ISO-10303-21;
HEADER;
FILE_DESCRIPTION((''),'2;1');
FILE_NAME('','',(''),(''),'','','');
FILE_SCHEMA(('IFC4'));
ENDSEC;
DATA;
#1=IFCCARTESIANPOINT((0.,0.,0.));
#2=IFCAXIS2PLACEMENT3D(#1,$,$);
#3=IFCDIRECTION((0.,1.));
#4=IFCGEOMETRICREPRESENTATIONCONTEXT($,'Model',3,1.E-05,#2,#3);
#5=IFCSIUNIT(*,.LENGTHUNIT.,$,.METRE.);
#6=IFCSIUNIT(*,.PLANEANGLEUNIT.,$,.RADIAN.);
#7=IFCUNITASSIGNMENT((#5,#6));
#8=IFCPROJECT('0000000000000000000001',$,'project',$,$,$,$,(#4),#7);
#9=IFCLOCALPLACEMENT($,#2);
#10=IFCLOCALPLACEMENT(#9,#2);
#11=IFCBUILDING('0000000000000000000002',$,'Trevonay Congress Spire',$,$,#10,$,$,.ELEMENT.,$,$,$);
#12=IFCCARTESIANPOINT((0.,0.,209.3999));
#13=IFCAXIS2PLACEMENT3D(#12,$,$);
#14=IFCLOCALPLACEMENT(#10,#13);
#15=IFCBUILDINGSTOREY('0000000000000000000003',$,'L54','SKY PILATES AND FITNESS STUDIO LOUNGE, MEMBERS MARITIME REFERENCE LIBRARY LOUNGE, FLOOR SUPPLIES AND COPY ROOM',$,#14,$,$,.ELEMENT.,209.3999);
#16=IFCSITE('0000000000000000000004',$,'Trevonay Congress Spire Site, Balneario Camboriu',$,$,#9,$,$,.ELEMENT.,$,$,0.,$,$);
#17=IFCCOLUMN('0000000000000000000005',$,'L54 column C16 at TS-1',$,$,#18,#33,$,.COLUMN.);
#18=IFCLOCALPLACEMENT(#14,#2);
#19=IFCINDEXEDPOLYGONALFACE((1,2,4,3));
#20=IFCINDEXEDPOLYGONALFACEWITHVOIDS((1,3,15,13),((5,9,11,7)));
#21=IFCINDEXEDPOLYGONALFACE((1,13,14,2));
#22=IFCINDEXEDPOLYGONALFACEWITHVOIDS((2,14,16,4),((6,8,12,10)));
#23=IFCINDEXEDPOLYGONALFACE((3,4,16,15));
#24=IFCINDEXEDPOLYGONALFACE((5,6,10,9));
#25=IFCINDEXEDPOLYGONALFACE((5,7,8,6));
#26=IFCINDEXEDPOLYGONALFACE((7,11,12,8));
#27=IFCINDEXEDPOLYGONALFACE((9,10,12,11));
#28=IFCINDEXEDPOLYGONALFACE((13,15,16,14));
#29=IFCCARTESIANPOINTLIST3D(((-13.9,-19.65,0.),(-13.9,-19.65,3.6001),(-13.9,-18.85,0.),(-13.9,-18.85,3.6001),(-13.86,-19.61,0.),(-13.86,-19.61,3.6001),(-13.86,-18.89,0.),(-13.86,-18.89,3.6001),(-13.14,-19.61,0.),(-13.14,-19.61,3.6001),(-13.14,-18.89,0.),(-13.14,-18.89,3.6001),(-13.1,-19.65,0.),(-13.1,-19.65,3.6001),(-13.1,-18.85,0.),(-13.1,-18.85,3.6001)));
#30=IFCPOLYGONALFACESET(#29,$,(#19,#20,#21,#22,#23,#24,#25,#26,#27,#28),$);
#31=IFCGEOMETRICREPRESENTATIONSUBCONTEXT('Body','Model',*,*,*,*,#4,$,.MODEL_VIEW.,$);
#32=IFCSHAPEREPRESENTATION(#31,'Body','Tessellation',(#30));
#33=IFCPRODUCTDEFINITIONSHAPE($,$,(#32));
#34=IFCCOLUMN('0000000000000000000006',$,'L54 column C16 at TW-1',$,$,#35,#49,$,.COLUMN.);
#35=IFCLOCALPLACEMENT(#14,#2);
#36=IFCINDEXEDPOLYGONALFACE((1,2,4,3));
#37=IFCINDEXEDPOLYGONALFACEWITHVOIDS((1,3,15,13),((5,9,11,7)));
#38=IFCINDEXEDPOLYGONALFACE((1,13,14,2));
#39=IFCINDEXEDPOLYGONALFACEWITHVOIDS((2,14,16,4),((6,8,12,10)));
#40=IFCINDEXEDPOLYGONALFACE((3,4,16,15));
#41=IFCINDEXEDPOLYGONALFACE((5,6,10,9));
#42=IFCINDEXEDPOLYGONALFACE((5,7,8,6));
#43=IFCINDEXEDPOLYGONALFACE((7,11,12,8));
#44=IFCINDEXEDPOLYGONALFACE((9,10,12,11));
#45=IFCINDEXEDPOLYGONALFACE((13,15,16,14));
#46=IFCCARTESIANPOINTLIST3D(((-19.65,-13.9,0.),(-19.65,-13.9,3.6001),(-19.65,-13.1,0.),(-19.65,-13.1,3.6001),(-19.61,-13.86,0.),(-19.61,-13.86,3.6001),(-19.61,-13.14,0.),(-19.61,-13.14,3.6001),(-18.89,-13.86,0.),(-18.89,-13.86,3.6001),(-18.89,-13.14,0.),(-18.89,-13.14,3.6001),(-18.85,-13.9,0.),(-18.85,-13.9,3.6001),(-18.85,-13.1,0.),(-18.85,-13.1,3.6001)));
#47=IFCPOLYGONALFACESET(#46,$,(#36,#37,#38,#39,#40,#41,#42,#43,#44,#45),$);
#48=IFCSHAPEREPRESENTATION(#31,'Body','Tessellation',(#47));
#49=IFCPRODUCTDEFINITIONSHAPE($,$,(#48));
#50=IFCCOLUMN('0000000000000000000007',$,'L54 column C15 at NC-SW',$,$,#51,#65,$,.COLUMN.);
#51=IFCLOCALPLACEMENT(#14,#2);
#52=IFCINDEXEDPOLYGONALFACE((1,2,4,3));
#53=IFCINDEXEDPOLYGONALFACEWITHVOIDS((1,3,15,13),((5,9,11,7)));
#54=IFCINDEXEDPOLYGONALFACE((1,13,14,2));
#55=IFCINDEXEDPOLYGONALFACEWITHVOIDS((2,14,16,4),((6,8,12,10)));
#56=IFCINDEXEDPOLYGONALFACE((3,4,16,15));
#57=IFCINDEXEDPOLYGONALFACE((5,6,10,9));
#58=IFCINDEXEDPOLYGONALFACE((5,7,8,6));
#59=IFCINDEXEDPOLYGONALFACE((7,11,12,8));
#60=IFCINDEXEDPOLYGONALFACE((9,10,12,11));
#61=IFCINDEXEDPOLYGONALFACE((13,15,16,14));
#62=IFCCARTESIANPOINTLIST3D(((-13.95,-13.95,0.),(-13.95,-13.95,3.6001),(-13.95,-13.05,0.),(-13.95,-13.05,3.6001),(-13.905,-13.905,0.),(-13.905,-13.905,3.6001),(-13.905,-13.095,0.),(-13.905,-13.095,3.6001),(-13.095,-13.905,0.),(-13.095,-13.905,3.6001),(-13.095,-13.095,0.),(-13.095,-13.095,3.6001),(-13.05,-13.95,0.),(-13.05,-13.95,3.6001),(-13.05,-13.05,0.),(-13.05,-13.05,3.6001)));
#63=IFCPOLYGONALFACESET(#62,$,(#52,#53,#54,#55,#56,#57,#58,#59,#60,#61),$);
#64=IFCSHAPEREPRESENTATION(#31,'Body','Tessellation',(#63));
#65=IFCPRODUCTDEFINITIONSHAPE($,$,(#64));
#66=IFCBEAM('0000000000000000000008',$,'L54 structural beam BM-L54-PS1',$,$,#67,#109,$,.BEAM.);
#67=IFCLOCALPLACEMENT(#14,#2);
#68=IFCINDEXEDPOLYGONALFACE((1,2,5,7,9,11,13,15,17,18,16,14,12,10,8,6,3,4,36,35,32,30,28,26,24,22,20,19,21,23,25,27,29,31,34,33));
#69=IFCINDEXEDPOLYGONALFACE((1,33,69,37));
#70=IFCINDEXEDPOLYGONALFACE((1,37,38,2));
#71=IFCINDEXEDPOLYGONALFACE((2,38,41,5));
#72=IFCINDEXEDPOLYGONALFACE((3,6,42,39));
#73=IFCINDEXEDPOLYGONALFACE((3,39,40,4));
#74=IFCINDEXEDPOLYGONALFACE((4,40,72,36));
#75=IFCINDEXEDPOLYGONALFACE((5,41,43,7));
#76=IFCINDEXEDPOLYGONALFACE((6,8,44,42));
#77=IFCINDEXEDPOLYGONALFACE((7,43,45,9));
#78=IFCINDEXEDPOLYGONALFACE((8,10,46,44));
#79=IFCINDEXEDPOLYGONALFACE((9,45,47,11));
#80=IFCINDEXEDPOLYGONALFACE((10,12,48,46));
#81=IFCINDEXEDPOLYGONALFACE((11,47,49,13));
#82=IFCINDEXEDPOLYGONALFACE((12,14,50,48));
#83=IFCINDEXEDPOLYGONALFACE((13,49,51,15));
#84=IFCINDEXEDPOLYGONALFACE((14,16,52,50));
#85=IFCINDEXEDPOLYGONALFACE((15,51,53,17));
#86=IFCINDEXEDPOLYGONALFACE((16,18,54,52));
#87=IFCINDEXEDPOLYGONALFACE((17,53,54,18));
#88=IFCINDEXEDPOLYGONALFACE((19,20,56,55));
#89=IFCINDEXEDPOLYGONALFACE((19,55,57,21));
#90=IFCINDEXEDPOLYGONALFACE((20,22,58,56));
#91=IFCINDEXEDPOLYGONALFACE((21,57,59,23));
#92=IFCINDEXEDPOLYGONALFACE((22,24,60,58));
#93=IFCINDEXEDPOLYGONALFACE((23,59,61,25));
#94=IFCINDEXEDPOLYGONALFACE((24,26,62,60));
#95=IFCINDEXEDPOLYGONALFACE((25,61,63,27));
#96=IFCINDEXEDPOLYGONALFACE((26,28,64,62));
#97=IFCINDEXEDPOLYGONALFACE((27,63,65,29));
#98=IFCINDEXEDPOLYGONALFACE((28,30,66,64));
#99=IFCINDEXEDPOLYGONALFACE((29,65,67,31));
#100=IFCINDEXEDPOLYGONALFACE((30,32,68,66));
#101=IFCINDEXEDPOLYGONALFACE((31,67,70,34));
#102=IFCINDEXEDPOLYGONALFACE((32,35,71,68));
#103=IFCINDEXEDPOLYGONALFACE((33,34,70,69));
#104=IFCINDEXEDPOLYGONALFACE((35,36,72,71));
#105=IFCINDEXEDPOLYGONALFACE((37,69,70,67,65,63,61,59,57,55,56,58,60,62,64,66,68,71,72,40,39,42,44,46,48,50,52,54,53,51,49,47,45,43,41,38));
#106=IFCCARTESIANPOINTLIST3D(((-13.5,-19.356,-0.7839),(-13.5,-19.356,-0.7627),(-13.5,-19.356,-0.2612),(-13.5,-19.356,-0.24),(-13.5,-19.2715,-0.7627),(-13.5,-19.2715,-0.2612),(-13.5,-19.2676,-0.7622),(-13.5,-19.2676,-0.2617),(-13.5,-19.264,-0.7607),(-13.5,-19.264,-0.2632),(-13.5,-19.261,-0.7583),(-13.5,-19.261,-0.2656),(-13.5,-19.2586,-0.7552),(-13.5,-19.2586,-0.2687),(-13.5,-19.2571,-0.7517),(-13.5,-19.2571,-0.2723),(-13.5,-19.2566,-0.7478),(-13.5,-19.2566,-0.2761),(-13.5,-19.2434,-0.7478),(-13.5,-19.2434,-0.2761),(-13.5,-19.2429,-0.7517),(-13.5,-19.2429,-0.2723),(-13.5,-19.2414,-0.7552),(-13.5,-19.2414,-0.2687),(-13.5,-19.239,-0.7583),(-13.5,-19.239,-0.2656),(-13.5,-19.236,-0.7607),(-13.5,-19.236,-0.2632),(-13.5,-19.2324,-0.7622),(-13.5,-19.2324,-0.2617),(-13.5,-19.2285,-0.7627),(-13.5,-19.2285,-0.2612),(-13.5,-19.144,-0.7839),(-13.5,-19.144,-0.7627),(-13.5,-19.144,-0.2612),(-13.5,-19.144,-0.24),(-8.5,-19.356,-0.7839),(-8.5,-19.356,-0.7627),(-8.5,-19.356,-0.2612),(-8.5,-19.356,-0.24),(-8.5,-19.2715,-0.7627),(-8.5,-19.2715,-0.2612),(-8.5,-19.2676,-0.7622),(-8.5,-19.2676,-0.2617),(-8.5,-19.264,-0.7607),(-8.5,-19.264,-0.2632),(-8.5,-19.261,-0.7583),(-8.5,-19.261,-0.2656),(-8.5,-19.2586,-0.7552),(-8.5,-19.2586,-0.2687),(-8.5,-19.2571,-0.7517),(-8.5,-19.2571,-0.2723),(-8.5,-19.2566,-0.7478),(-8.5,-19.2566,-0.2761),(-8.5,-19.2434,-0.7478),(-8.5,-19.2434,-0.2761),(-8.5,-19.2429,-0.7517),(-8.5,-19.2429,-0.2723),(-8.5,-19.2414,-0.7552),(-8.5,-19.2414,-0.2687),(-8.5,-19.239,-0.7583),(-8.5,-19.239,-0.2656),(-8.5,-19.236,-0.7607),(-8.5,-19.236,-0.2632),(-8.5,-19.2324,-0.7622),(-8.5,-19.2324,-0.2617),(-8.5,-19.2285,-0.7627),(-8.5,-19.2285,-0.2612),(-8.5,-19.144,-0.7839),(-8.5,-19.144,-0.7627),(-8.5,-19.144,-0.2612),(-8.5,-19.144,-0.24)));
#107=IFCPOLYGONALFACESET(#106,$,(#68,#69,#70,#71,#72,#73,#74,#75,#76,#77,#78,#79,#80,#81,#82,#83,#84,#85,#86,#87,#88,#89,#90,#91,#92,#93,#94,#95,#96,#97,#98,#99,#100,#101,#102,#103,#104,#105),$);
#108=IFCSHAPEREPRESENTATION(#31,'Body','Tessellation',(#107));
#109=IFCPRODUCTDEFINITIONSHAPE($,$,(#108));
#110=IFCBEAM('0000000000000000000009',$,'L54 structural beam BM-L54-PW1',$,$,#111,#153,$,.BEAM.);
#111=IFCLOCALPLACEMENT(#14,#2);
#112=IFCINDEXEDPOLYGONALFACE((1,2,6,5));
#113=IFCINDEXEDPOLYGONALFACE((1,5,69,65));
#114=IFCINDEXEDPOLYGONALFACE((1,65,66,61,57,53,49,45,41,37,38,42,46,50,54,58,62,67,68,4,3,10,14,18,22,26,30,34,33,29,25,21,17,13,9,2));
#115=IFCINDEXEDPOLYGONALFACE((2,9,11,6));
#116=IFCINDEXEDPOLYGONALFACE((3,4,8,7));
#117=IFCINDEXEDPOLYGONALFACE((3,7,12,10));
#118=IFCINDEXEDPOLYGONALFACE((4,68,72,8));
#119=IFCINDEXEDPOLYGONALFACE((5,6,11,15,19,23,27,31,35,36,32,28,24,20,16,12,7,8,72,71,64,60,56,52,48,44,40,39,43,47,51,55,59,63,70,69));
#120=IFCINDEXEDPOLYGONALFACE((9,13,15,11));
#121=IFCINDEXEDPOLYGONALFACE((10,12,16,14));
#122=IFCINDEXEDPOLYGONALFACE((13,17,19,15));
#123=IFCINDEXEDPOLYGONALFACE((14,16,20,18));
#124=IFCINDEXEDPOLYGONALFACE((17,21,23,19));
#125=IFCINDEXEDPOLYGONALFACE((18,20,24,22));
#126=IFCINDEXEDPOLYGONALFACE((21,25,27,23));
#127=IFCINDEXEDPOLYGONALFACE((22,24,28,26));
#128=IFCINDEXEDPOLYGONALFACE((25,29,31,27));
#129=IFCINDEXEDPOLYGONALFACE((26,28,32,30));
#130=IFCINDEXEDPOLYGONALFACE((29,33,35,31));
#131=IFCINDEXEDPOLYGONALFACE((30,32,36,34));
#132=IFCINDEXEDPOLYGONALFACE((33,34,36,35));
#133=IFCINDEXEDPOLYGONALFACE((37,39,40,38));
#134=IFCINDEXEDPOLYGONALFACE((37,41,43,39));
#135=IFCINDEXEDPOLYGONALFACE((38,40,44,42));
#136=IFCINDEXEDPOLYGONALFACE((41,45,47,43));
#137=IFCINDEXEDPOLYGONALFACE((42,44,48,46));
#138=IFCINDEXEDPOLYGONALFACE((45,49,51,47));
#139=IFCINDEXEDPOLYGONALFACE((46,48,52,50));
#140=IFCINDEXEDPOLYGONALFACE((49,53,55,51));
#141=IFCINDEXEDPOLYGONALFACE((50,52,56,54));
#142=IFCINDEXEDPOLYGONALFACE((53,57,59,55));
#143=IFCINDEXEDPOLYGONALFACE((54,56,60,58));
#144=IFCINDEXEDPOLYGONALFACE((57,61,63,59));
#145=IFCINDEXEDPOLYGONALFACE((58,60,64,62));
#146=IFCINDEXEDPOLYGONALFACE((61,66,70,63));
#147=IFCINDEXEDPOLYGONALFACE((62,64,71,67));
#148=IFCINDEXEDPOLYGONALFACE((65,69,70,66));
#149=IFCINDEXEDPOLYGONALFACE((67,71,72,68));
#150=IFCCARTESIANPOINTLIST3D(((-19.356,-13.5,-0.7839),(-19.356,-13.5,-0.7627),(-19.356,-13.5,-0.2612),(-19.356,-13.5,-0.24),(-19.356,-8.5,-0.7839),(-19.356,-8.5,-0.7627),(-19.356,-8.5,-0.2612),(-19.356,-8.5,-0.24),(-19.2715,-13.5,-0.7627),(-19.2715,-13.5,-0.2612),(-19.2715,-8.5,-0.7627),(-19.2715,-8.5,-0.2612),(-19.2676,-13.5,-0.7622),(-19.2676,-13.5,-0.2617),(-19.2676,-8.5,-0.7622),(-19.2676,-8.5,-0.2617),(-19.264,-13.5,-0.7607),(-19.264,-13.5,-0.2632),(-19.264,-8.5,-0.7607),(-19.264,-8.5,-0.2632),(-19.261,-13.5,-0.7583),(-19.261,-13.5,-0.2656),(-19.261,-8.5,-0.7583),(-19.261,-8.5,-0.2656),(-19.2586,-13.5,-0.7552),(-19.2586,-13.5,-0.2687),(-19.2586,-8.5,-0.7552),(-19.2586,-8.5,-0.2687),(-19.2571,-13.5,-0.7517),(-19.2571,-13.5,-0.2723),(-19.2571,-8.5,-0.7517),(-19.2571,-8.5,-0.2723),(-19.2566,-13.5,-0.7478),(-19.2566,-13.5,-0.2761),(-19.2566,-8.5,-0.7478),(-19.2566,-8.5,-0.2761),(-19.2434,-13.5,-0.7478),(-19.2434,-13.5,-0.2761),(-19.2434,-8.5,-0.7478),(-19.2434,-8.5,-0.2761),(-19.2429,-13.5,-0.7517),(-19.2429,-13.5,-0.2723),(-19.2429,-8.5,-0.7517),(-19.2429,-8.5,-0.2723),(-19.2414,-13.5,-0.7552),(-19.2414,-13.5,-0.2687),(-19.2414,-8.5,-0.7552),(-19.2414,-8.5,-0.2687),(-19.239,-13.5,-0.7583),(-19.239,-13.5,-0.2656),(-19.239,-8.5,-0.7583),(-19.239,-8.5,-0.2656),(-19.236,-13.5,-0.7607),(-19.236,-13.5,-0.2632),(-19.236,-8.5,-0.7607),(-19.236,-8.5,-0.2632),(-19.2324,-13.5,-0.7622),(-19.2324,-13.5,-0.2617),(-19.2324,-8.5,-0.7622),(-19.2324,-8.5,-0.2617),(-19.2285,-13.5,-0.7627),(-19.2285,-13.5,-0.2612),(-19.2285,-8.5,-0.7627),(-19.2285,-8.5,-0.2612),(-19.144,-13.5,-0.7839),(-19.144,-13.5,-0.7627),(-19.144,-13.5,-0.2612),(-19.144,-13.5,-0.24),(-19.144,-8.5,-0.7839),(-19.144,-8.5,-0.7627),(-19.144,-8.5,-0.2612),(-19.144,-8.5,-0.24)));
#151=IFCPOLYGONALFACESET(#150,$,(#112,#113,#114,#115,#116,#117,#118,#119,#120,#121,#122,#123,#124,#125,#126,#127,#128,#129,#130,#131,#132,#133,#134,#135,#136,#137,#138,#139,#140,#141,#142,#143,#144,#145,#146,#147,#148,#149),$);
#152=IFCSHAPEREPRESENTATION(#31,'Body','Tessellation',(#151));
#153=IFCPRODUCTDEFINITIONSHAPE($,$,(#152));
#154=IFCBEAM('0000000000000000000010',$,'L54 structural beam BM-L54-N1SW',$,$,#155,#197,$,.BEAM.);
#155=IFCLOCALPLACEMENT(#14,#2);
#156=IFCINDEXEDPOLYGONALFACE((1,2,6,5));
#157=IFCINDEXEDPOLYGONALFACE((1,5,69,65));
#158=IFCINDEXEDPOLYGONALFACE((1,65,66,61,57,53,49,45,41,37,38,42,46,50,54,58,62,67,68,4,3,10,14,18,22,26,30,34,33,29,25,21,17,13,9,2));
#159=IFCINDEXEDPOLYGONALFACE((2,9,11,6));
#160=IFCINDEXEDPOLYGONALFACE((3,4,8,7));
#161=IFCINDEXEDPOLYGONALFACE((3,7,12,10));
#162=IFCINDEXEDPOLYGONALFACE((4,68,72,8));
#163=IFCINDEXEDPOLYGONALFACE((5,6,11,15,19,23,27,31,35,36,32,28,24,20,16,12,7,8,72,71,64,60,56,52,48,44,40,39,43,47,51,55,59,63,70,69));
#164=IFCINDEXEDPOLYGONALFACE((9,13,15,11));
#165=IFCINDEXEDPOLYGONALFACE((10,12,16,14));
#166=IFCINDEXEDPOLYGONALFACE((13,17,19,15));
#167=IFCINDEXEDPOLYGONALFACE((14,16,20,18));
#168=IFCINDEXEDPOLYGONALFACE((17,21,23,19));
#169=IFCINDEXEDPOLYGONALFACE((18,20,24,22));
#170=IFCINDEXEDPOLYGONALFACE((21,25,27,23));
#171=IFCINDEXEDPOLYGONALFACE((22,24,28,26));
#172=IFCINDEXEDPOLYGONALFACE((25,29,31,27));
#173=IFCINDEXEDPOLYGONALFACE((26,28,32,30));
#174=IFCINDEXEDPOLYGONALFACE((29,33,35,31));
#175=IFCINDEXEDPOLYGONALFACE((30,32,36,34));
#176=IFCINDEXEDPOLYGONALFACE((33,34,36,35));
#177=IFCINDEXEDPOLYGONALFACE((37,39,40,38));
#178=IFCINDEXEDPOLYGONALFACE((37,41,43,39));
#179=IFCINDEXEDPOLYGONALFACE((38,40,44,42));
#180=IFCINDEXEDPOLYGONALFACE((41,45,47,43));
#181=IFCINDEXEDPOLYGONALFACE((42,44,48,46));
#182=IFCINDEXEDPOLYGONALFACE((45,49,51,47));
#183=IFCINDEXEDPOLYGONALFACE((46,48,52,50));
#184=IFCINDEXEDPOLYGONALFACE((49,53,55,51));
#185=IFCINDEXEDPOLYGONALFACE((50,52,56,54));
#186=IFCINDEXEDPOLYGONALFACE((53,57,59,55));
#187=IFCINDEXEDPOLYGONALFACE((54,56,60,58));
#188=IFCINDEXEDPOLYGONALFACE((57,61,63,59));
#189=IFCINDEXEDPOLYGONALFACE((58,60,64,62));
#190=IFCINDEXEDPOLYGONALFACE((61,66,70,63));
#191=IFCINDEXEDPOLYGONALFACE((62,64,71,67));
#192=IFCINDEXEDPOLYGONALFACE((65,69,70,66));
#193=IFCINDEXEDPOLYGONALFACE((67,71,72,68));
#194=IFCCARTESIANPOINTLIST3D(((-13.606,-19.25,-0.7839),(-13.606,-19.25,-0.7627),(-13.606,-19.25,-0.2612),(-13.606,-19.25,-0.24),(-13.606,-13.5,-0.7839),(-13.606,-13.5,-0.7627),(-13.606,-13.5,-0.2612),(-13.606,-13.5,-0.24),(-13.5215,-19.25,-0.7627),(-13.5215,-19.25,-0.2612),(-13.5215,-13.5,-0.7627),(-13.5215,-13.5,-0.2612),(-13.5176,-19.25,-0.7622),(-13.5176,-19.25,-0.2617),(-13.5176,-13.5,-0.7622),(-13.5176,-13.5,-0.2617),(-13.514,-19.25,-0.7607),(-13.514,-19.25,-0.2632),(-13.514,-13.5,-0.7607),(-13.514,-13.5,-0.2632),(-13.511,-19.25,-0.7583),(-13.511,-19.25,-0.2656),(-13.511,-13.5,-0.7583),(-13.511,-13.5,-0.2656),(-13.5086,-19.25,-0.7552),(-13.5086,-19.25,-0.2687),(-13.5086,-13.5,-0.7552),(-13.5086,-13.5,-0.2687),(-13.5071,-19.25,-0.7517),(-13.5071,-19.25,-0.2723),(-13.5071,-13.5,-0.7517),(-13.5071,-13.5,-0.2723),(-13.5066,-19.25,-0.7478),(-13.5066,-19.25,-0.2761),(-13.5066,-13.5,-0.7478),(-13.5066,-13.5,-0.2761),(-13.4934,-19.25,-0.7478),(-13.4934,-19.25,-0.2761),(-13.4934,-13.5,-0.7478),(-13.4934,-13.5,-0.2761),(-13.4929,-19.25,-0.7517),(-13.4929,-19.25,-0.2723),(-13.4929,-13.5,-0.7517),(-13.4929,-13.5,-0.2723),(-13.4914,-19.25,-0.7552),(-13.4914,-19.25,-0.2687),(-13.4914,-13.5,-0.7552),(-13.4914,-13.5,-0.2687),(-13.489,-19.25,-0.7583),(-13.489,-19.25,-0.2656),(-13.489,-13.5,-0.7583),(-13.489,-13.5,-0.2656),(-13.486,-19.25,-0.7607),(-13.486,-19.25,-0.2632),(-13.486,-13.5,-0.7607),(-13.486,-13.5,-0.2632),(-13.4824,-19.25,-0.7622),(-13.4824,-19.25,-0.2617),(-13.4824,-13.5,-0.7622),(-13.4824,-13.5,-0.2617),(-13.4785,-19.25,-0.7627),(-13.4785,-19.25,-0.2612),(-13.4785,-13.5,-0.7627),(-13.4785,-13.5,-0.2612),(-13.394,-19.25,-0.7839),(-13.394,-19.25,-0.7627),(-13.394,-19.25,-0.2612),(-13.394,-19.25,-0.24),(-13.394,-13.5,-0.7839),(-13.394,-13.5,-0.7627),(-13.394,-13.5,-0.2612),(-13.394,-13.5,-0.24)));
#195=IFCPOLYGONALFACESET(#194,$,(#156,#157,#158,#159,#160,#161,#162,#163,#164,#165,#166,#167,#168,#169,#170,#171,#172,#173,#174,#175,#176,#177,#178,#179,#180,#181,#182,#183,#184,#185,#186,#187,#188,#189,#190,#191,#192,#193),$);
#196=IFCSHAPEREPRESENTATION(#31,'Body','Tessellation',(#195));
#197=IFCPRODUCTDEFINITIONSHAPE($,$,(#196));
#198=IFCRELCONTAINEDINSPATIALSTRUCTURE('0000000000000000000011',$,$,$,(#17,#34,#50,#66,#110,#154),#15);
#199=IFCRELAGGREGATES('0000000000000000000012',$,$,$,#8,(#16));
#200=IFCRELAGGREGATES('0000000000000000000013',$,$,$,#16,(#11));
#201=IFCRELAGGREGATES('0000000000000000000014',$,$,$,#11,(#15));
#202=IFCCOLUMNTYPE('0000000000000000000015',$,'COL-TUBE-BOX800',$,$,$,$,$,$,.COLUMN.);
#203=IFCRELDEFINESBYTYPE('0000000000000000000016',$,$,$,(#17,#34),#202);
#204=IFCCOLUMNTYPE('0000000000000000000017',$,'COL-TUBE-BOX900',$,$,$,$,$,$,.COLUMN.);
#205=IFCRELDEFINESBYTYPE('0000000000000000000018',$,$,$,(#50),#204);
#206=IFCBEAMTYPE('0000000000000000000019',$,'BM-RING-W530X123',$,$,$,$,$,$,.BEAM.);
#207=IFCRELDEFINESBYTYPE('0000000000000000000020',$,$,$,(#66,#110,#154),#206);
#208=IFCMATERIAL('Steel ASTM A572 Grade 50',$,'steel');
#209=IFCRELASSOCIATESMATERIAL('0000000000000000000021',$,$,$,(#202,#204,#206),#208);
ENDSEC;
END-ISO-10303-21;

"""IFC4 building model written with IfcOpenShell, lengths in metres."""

from ifc_helpers import new_model, si_unit, direction, frame, origin, origin_2d, place, context, subcontext, project, spatial, hollow_rectangle, i_section, extrude, material, material_profile, profile_set, type_object, element, save


model = new_model("IFC4")

# Units and contexts
model_context = context("Model", 3, precision=1e-05, world=origin(), true_north=direction((0.0, 1.0)))
body_context = subcontext(model_context, "Body", "Model", "MODEL_VIEW")
ifc_project = project(units=[si_unit("LENGTHUNIT", "METRE"), si_unit("PLANEANGLEUNIT", "RADIAN")], contexts=[model_context])

# Site, building, storey
site_placement = place(None, origin())
site = spatial("IfcSite", under=ifc_project, at=site_placement, Name="Trevonay Congress Spire Site, Balneario Camboriu", CompositionType="ELEMENT", RefElevation=0.0)
building_placement = place(site_placement, origin())
building = spatial("IfcBuilding", under=site, at=building_placement, Name="Trevonay Congress Spire", CompositionType="ELEMENT")
storey_placement = place(building_placement, frame((0.0, 0.0, 209.3999)))
storey = spatial("IfcBuildingStorey", under=building, at=storey_placement, Name="L54", Description="SKY PILATES AND FITNESS STUDIO LOUNGE, MEMBERS MARITIME REFERENCE LIBRARY LOUNGE, FLOOR SUPPLIES AND COPY ROOM", CompositionType="ELEMENT", Elevation=209.3999)

# Columns
ifc_material_1 = material(Name="Steel ASTM A572 Grade 50", Category="steel")
ifc_material_profile_1 = material_profile(ifc_material_1, hollow_rectangle(XDim=0.8, YDim=0.8, WallThickness=0.04, at=origin_2d()), Name="BOX 800x800x40")
ifc_profile_set_1 = profile_set([ifc_material_profile_1], Name="Steel ASTM A572 Grade 50")
column_type_1 = type_object("IfcColumnType", Name="COL-TUBE-BOX800", PredefinedType="COLUMN", material=ifc_profile_set_1)
for number, where, z_axis, x_axis, name in (
    (1, (-13.5, -19.25, 0.0), (0.0, 0.0, 1.0), (1.0, 0.0, 0.0), "L54 column C16 at TS-1"),
    (2, (-19.25, -13.5, 0.0), (0.0, 0.0, 1.0), (1.0, 0.0, 0.0), "L54 column C16 at TW-1"),
):
    element("IfcColumn", number, at=place(storey_placement, frame(where, z_axis=z_axis, x_axis=x_axis)), inside=storey, type_object=column_type_1, Name=name, PredefinedType="COLUMN", context=body_context, shape_type="SweptSolid", body=[
        extrude(hollow_rectangle(XDim=0.8, YDim=0.8, WallThickness=0.04, at=origin_2d()), origin(), (0.0, 0.0, 1.0), 3.6001),
    ])
ifc_material_profile_2 = material_profile(ifc_material_1, hollow_rectangle(XDim=0.8999, YDim=0.8999, WallThickness=0.0449, at=origin_2d()), Name="BOX 900x900x45")
ifc_profile_set_2 = profile_set([ifc_material_profile_2], Name="Steel ASTM A572 Grade 50")
column_type_2 = type_object("IfcColumnType", Name="COL-TUBE-BOX900", PredefinedType="COLUMN", material=ifc_profile_set_2)
column_placement = place(storey_placement, frame((-13.5, -13.5, 0.0), z_axis=(0.0, 0.0, 1.0), x_axis=(1.0, 0.0, 0.0)))
element("IfcColumn", 3, at=column_placement, inside=storey, type_object=column_type_2, Name="L54 column C15 at NC-SW", PredefinedType="COLUMN", context=body_context, shape_type="SweptSolid", body=[
    extrude(hollow_rectangle(XDim=0.8999, YDim=0.8999, WallThickness=0.0449, at=origin_2d()), origin(), (0.0, 0.0, 1.0), 3.6001),
])

# Beams
ifc_material_profile_3 = material_profile(ifc_material_1, i_section(OverallWidth=0.2119, OverallDepth=0.5439, WebThickness=0.0132, FlangeThickness=0.0212, FilletRadius=0.0149, at=origin_2d()), Name="W530x123")
ifc_profile_set_3 = profile_set([ifc_material_profile_3], Name="Steel ASTM A572 Grade 50")
beam_type = type_object("IfcBeamType", Name="BM-RING-W530X123", PredefinedType="BEAM", material=ifc_profile_set_3)
for number, where, z_axis, x_axis, name in (
    (4, (-13.5, -19.25, -0.512), (1.0, 0.0, 0.0), (0.0, 1.0, 0.0), "L54 structural beam BM-L54-PS1"),
    (5, (-19.25, -13.5, -0.512), (0.0, 1.0, 0.0), (-1.0, 0.0, 0.0), "L54 structural beam BM-L54-PW1"),
):
    element("IfcBeam", number, at=place(storey_placement, frame(where, z_axis=z_axis, x_axis=x_axis)), inside=storey, type_object=beam_type, Name=name, PredefinedType="BEAM", context=body_context, shape_type="SweptSolid", body=[
        extrude(i_section(OverallWidth=0.2119, OverallDepth=0.5439, WebThickness=0.0132, FlangeThickness=0.0212, FilletRadius=0.0149, at=origin_2d()), origin(), (0.0, 0.0, 1.0), 5.0),
    ])
for number, where, z_axis, x_axis, name in (
    (6, (-13.5, -19.25, -0.512), (0.0, 1.0, 0.0), (-1.0, 0.0, 0.0), "L54 structural beam BM-L54-N1SW"),
):
    element("IfcBeam", number, at=place(storey_placement, frame(where, z_axis=z_axis, x_axis=x_axis)), inside=storey, type_object=beam_type, Name=name, PredefinedType="BEAM", context=body_context, shape_type="SweptSolid", body=[
        extrude(i_section(OverallWidth=0.2119, OverallDepth=0.5439, WebThickness=0.0132, FlangeThickness=0.0212, FilletRadius=0.0149, at=origin_2d()), origin(), (0.0, 0.0, 1.0), 5.75),
    ])

save(model, "model.ifc")
